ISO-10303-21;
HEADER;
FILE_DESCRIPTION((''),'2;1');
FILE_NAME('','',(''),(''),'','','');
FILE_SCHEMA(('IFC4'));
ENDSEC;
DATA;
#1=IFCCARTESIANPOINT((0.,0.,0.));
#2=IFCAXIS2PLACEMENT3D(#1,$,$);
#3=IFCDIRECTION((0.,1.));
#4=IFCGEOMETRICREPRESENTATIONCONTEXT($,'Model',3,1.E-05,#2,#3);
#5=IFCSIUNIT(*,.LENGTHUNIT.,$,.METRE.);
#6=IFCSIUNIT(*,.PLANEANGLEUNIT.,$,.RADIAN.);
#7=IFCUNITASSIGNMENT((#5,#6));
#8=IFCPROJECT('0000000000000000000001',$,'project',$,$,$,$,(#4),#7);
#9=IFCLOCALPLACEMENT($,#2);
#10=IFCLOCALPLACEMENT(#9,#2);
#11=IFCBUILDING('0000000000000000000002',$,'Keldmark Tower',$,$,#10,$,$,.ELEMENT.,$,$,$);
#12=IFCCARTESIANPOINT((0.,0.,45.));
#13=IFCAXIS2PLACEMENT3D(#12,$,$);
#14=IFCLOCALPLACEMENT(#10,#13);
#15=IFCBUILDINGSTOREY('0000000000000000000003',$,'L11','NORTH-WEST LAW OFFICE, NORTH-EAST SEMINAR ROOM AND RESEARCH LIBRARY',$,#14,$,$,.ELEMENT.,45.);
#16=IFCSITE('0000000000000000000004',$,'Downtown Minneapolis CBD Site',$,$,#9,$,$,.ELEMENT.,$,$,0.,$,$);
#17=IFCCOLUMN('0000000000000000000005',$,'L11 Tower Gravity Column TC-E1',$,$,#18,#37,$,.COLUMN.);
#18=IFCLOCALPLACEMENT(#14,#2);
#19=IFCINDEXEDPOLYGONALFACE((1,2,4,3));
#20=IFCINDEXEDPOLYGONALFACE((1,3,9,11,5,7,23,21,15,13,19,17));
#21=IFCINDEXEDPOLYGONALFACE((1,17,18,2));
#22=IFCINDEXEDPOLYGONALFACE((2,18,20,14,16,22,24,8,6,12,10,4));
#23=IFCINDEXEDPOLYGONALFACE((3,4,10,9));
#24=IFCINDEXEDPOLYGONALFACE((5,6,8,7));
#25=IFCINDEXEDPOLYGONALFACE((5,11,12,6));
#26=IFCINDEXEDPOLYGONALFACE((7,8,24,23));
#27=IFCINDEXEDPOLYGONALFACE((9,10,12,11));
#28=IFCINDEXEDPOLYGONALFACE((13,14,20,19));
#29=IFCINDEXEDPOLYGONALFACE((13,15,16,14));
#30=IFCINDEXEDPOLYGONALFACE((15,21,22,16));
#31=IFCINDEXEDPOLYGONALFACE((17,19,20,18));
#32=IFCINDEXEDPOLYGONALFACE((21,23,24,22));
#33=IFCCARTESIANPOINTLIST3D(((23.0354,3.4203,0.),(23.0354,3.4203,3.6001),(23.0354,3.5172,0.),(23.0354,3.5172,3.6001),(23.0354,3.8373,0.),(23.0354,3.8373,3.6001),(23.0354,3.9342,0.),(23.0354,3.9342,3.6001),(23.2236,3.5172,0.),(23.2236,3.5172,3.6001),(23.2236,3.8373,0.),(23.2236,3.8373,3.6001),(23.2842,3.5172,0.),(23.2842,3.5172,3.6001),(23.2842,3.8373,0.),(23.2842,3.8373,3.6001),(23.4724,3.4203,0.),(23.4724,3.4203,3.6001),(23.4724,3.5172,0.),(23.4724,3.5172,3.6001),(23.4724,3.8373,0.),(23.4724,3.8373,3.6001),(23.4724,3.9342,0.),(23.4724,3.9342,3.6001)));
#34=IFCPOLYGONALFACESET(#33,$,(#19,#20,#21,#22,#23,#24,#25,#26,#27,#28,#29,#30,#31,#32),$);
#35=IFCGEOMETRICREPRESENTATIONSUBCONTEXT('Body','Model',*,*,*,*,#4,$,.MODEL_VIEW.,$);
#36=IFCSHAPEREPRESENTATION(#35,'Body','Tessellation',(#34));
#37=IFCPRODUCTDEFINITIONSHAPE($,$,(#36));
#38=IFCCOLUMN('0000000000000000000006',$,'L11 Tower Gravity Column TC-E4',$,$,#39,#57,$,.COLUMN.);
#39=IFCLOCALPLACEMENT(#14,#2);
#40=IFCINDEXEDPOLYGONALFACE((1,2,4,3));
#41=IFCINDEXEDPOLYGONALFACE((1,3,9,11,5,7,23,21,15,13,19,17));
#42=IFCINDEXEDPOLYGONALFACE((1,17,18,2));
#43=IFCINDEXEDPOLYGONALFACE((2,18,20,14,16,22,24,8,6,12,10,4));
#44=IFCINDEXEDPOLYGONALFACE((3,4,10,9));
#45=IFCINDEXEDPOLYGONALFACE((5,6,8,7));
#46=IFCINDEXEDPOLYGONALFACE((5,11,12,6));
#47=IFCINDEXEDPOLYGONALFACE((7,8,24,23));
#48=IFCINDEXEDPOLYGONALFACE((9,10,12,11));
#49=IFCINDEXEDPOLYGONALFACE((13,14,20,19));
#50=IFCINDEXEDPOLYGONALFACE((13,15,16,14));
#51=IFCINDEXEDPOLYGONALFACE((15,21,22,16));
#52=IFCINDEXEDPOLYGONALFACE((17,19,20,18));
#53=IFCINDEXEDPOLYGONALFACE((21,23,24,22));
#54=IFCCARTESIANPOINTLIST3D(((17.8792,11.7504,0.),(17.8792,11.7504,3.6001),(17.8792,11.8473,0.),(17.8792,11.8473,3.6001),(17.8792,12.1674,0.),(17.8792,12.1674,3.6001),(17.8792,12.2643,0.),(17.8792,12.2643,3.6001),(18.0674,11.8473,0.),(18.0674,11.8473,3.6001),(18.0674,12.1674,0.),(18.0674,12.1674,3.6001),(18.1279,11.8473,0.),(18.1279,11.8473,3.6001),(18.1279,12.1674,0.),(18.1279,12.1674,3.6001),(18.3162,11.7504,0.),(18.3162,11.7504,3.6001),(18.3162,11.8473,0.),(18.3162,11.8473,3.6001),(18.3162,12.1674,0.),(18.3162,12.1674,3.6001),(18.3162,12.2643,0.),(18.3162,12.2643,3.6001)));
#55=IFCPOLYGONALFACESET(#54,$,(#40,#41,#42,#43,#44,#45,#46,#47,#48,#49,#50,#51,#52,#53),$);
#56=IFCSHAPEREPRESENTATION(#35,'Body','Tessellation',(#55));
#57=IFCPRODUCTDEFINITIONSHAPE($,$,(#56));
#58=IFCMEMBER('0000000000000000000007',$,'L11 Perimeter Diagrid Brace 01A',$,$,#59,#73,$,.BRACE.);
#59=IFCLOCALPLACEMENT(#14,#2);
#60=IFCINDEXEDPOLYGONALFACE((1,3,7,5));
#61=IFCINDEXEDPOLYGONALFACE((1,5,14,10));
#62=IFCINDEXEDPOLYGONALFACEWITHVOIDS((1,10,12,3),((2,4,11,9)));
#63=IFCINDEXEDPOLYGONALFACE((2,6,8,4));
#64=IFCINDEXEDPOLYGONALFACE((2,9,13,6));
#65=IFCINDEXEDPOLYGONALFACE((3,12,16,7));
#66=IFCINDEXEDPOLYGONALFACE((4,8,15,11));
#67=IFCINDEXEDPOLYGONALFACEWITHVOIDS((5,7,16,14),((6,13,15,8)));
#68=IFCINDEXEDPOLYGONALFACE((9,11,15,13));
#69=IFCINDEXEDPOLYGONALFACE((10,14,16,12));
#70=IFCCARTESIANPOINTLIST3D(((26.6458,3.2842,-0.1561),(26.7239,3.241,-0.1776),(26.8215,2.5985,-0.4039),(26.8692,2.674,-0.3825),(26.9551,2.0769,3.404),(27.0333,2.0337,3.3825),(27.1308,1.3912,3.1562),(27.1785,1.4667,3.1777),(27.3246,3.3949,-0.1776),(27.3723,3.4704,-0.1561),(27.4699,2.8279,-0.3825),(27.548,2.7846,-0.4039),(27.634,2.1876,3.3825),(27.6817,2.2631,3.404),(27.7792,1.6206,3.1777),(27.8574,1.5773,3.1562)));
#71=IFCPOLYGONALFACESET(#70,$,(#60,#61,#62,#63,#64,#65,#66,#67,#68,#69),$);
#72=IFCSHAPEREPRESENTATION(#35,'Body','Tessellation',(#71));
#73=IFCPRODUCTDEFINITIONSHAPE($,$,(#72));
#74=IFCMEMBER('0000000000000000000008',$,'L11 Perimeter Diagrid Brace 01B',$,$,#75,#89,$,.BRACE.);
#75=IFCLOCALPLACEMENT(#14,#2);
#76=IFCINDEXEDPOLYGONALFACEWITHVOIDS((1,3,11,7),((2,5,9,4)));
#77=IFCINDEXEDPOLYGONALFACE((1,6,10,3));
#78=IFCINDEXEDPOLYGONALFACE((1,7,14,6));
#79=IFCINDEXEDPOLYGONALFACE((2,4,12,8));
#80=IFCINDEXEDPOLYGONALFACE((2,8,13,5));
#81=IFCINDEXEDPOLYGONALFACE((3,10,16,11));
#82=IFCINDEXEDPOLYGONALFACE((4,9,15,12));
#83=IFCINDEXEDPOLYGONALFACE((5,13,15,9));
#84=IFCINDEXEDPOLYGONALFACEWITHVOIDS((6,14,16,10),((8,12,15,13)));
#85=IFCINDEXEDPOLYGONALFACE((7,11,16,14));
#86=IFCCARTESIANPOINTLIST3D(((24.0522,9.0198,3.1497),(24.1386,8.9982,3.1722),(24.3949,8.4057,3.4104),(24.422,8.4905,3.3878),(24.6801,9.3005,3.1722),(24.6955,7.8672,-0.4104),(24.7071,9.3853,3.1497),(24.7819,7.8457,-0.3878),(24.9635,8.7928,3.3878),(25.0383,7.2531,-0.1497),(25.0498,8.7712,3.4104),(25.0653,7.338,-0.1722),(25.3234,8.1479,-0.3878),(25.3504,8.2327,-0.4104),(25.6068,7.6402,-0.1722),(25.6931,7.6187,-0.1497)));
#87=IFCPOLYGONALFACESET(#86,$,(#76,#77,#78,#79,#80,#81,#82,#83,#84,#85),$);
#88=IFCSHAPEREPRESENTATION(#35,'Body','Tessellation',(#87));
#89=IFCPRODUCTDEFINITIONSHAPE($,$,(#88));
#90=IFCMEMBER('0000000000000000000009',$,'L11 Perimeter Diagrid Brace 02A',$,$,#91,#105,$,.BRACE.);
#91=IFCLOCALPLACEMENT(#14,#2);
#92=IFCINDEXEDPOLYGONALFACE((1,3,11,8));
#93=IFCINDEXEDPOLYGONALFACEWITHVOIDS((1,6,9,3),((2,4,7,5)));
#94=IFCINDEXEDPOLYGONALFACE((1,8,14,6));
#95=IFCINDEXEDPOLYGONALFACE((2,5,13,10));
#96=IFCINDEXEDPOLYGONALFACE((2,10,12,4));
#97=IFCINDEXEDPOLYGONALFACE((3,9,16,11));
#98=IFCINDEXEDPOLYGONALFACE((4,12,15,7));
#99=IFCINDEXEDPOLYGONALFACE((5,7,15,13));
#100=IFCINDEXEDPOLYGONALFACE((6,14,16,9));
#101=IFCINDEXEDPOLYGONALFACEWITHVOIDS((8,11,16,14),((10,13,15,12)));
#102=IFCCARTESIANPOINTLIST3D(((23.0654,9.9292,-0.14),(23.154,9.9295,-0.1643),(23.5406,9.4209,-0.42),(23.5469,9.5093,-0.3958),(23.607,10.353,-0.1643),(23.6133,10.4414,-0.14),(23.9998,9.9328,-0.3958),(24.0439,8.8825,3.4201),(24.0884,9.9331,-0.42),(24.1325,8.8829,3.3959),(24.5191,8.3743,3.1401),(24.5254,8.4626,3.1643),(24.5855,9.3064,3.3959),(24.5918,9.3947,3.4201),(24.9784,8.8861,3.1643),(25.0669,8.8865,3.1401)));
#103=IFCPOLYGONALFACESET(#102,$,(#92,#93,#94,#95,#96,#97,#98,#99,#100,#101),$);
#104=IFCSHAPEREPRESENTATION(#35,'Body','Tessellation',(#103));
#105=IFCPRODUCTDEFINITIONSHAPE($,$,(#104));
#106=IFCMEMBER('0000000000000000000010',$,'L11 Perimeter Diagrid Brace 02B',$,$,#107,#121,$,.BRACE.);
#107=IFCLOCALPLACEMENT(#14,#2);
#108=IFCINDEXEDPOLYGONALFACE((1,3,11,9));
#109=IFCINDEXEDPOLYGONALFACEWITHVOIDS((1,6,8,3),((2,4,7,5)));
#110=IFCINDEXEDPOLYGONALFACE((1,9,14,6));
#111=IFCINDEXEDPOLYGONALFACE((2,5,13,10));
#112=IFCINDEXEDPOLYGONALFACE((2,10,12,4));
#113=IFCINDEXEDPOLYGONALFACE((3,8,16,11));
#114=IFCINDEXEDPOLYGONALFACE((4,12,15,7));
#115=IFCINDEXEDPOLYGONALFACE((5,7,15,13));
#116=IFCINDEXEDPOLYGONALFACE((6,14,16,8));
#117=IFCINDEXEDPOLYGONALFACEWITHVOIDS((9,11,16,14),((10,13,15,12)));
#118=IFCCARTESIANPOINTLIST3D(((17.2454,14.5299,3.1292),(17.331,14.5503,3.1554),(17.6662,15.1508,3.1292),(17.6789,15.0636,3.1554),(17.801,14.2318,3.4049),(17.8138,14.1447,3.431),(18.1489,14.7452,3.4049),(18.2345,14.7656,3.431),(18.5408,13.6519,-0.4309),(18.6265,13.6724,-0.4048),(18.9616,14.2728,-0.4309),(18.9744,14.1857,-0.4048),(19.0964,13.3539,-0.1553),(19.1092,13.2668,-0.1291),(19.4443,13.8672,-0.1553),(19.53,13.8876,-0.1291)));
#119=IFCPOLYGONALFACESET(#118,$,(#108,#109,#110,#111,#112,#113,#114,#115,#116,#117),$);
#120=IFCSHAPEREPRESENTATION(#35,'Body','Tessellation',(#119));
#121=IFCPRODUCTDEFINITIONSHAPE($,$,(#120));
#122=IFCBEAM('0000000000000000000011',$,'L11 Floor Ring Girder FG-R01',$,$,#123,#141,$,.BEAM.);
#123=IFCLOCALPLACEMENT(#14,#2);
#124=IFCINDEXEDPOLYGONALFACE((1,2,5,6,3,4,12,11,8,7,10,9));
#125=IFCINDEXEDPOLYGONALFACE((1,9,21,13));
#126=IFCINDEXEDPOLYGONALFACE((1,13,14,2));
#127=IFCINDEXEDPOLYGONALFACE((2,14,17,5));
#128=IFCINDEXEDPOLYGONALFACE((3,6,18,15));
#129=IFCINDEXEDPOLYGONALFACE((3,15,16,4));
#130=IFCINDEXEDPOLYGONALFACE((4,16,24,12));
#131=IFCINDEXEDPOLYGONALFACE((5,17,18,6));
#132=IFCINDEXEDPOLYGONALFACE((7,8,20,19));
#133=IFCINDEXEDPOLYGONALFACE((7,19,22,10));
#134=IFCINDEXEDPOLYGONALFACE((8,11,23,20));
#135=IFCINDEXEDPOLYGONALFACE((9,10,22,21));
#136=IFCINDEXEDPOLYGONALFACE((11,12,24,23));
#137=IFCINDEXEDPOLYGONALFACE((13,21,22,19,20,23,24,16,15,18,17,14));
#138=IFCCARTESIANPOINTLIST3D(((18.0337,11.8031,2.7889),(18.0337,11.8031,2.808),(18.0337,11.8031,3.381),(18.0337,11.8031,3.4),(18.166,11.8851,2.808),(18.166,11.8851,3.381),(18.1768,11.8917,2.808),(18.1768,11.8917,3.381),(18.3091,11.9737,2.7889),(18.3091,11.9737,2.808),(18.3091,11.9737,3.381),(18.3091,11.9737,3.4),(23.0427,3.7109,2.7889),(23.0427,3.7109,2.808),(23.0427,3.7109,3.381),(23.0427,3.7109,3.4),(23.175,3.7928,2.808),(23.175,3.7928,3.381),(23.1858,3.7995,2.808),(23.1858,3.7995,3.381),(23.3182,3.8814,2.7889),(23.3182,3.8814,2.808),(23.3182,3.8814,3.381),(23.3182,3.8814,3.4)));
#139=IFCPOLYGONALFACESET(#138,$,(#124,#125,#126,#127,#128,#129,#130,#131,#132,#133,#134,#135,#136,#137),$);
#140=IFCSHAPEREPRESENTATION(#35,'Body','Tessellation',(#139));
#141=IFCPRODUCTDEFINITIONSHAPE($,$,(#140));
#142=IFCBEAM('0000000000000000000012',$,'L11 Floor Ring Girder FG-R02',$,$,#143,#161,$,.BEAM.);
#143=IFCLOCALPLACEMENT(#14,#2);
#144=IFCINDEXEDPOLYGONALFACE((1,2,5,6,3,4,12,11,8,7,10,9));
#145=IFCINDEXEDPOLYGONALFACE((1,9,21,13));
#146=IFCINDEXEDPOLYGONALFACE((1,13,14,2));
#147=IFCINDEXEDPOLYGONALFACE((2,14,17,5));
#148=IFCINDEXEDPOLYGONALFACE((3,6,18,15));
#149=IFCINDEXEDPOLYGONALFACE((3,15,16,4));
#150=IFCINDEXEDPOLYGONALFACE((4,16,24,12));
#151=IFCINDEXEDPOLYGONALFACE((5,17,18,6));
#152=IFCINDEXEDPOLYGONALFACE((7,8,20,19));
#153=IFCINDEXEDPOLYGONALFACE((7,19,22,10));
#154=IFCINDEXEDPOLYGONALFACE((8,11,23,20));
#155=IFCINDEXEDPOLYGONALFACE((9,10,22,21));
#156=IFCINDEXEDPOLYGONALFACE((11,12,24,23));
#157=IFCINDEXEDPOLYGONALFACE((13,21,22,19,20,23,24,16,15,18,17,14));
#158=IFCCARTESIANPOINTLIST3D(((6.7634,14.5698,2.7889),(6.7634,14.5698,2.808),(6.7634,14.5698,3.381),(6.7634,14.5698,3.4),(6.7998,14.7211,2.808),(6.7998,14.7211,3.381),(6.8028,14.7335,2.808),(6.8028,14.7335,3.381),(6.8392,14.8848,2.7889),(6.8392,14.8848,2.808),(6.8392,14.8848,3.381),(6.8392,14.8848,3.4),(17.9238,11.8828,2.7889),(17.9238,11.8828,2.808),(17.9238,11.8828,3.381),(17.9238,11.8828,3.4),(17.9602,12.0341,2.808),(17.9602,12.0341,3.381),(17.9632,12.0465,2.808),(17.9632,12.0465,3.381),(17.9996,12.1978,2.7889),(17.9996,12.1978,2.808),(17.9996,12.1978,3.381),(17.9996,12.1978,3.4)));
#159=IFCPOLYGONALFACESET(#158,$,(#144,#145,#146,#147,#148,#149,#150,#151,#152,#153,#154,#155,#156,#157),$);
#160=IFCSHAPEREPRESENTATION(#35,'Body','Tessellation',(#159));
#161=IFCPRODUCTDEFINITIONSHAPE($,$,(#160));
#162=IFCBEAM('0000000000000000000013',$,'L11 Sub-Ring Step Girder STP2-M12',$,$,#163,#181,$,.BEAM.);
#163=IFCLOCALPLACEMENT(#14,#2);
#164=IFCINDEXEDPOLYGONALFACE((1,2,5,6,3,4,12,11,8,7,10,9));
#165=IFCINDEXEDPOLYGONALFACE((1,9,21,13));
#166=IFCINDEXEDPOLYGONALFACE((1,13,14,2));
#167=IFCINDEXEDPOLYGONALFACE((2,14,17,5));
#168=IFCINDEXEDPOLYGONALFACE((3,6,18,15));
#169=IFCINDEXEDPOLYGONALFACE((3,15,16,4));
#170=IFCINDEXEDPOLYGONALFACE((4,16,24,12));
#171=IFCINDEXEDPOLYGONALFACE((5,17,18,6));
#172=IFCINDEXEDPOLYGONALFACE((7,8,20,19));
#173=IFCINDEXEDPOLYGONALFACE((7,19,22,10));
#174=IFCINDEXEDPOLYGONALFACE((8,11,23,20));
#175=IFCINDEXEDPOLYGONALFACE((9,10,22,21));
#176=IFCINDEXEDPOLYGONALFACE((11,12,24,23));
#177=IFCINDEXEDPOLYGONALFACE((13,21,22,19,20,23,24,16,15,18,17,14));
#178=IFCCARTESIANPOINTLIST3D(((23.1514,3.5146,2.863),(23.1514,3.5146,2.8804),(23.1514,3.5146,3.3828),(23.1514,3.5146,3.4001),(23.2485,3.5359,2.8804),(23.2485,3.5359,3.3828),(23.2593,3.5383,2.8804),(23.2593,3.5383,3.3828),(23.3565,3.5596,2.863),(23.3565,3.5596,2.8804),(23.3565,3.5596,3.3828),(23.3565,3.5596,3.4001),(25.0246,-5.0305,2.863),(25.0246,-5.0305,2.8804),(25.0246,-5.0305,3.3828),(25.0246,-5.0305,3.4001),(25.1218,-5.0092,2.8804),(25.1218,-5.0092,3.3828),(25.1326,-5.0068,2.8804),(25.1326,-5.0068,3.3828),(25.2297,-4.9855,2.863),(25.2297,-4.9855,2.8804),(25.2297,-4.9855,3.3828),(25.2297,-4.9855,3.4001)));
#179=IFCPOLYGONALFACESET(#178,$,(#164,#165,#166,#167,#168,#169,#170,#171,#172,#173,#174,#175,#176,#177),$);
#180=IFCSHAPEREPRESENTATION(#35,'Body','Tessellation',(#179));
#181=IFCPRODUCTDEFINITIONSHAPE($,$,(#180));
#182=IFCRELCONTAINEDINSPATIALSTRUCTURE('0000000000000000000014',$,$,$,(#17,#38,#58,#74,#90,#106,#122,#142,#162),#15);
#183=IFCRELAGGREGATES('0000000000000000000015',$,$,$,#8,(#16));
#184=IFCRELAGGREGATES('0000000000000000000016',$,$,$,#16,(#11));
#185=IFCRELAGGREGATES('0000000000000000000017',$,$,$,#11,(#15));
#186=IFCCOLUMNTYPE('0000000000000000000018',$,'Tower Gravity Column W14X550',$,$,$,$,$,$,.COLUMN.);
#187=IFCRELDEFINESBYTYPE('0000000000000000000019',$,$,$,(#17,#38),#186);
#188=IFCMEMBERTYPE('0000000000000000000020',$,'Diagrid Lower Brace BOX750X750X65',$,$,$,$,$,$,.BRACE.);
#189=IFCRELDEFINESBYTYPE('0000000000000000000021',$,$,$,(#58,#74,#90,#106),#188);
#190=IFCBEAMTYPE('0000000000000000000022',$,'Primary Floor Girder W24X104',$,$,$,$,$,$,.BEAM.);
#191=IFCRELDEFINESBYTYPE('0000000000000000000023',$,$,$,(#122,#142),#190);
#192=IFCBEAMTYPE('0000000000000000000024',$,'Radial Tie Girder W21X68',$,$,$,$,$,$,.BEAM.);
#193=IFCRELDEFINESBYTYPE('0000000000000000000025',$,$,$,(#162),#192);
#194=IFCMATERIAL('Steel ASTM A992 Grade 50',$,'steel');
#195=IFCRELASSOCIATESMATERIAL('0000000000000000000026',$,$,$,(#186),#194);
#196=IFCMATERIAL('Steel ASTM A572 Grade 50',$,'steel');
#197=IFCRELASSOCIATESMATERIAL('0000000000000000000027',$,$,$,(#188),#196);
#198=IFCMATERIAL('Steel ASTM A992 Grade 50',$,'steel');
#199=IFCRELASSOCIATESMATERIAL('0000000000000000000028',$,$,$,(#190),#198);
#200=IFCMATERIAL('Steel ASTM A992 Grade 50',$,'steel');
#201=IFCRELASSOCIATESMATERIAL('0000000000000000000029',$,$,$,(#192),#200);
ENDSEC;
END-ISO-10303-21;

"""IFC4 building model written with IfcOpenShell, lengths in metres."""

from ifc_helpers import new_model, si_unit, direction, frame, origin, origin_2d, place, context, subcontext, project, spatial, hollow_rectangle, i_section, extrude, material, material_profile, profile_set, type_object, element, save


model = new_model("IFC4")

# Units and contexts
model_context = context("Model", 3, precision=1e-05, world=origin(), true_north=direction((0.0, 1.0)))
body_context = subcontext(model_context, "Body", "Model", "MODEL_VIEW")
ifc_project = project(units=[si_unit("LENGTHUNIT", "METRE"), si_unit("PLANEANGLEUNIT", "RADIAN")], contexts=[model_context])

# Site, building, storey
site_placement = place(None, origin())
site = spatial("IfcSite", under=ifc_project, at=site_placement, Name="Downtown Minneapolis CBD Site", CompositionType="ELEMENT", RefElevation=0.0)
building_placement = place(site_placement, origin())
building = spatial("IfcBuilding", under=site, at=building_placement, Name="Keldmark Tower", CompositionType="ELEMENT")
storey_placement = place(building_placement, frame((0.0, 0.0, 45.0)))
storey = spatial("IfcBuildingStorey", under=building, at=storey_placement, Name="L11", Description="NORTH-WEST LAW OFFICE, NORTH-EAST SEMINAR ROOM AND RESEARCH LIBRARY", CompositionType="ELEMENT", Elevation=45.0)

# Columns
ifc_material_1 = material(Name="Steel ASTM A992 Grade 50", Category="steel")
ifc_material_profile_1 = material_profile(ifc_material_1, i_section(OverallWidth=0.437, OverallDepth=0.5139, WebThickness=0.0605, FlangeThickness=0.0969, at=origin_2d()), Name="W14X550")
ifc_profile_set_1 = profile_set([ifc_material_profile_1], Name="Steel ASTM A992 Grade 50")
column_type = type_object("IfcColumnType", Name="Tower Gravity Column W14X550", PredefinedType="COLUMN", material=ifc_profile_set_1)
for number, where, z_axis, x_axis, name in (
    (1, (23.2539, 3.6772, 0.0), (0.0, 0.0, 1.0), (1.0, 0.0, 0.0), "L11 Tower Gravity Column TC-E1"),
    (2, (18.0977, 12.0073, 0.0), (0.0, 0.0, 1.0), (1.0, 0.0, 0.0), "L11 Tower Gravity Column TC-E4"),
):
    element("IfcColumn", number, at=place(storey_placement, frame(where, z_axis=z_axis, x_axis=x_axis)), inside=storey, type_object=column_type, Name=name, PredefinedType="COLUMN", context=body_context, shape_type="SweptSolid", body=[
        extrude(i_section(OverallWidth=0.437, OverallDepth=0.5139, WebThickness=0.0605, FlangeThickness=0.0969, at=origin_2d()), origin(), (0.0, 0.0, 1.0), 3.6001),
    ])

# Members
ifc_material_2 = material(Name="Steel ASTM A572 Grade 50", Category="steel")
ifc_material_profile_2 = material_profile(ifc_material_2, hollow_rectangle(XDim=0.75, YDim=0.75, WallThickness=0.0649, at=origin_2d()), Name="BOX750X750X65")
ifc_profile_set_2 = profile_set([ifc_material_profile_2], Name="Steel ASTM A572 Grade 50")
member_type = type_object("IfcMemberType", Name="Diagrid Lower Brace BOX750X750X65", PredefinedType="BRACE", material=ifc_profile_set_2)
member_1_placement = place(storey_placement, frame((27.0969, 3.0344, -0.28), z_axis=(0.082008, -0.320071, 0.943837), x_axis=(0.968709, 0.248201, 0.0)))
element("IfcMember", 3, at=member_1_placement, inside=storey, type_object=member_type, Name="L11 Perimeter Diagrid Brace 01A", PredefinedType="BRACE", context=body_context, shape_type="SweptSolid", body=[
    extrude(hollow_rectangle(XDim=0.75, YDim=0.75, WallThickness=0.0649, at=origin_2d()), origin(), (0.0, 0.0, 1.0), 3.772),
])
member_2_placement = place(storey_placement, frame((25.1943, 7.7429, -0.28), z_axis=(-0.169431, 0.303562, 0.937626), x_axis=(-0.873196, -0.487369, 0.0)))
element("IfcMember", 4, at=member_2_placement, inside=storey, type_object=member_type, Name="L11 Perimeter Diagrid Brace 01B", PredefinedType="BRACE", context=body_context, shape_type="SweptSolid", body=[
    extrude(hollow_rectangle(XDim=0.75, YDim=0.75, WallThickness=0.0649, at=origin_2d()), origin(), (0.0, 0.0, 1.0), 3.7969),
])
member_3_placement = place(storey_placement, frame((23.5769, 9.9312, -0.28), z_axis=(0.254983, -0.272733, 0.927686), x_axis=(0.730477, 0.682937, 0.0)))
element("IfcMember", 5, at=member_3_placement, inside=storey, type_object=member_type, Name="L11 Perimeter Diagrid Brace 02A", PredefinedType="BRACE", context=body_context, shape_type="SweptSolid", body=[
    extrude(hollow_rectangle(XDim=0.75, YDim=0.75, WallThickness=0.0649, at=origin_2d()), origin(), (0.0, 0.0, 1.0), 3.8376),
])
member_4_placement = place(storey_placement, frame((19.0354, 13.7698, -0.28), z_axis=(-0.333112, 0.225758, 0.915462), x_axis=(-0.561021, -0.827802, 0.0)))
element("IfcMember", 6, at=member_4_placement, inside=storey, type_object=member_type, Name="L11 Perimeter Diagrid Brace 02B", PredefinedType="BRACE", context=body_context, shape_type="SweptSolid", body=[
    extrude(hollow_rectangle(XDim=0.75, YDim=0.75, WallThickness=0.0649, at=origin_2d()), origin(), (0.0, 0.0, 1.0), 3.8889),
])

# Beams
ifc_material_3 = material(Name="Steel ASTM A992 Grade 50", Category="steel")
ifc_material_profile_3 = material_profile(ifc_material_3, i_section(OverallWidth=0.324, OverallDepth=0.6111, WebThickness=0.0127, FlangeThickness=0.019, at=origin_2d()), Name="W24X104")
ifc_profile_set_3 = profile_set([ifc_material_profile_3], Name="Steel ASTM A992 Grade 50")
beam_type_1 = type_object("IfcBeamType", Name="Primary Floor Girder W24X104", PredefinedType="BEAM", material=ifc_profile_set_3)
beam_1_placement = place(storey_placement, frame((23.1804, 3.7961, 3.0945), z_axis=(-0.526318, 0.850288, 0.0), x_axis=(-0.850288, -0.526318, 0.0)))
element("IfcBeam", 7, at=beam_1_placement, inside=storey, type_object=beam_type_1, Name="L11 Floor Ring Girder FG-R01", PredefinedType="BEAM", context=body_context, shape_type="SweptSolid", body=[
    extrude(i_section(OverallWidth=0.324, OverallDepth=0.6111, WebThickness=0.0127, FlangeThickness=0.019, at=origin_2d()), origin(), (0.0, 0.0, 1.0), 9.5171),
])
beam_2_placement = place(storey_placement, frame((17.9617, 12.0403, 3.0945), z_axis=(-0.972219, 0.234074, 0.0), x_axis=(-0.234074, -0.972219, 0.0)))
element("IfcBeam", 8, at=beam_2_placement, inside=storey, type_object=beam_type_1, Name="L11 Floor Ring Girder FG-R02", PredefinedType="BEAM", context=body_context, shape_type="SweptSolid", body=[
    extrude(i_section(OverallWidth=0.324, OverallDepth=0.6111, WebThickness=0.0127, FlangeThickness=0.019, at=origin_2d()), origin(), (0.0, 0.0, 1.0), 11.4792),
])
ifc_material_4 = material(Name="Steel ASTM A992 Grade 50", Category="steel")
ifc_material_profile_4 = material_profile(ifc_material_4, i_section(OverallWidth=0.21, OverallDepth=0.5371, WebThickness=0.011, FlangeThickness=0.0173, at=origin_2d()), Name="W21X68")
ifc_profile_set_4 = profile_set([ifc_material_profile_4], Name="Steel ASTM A992 Grade 50")
beam_type_2 = type_object("IfcBeamType", Name="Radial Tie Girder W21X68", PredefinedType="BEAM", material=ifc_profile_set_4)
beam_3_placement = place(storey_placement, frame((23.2539, 3.5371, 3.1316), z_axis=(0.214137, -0.976804, 0.0), x_axis=(0.976804, 0.214137, 0.0)))
element("IfcBeam", 9, at=beam_3_placement, inside=storey, type_object=beam_type_2, Name="L11 Sub-Ring Step Girder STP2-M12", PredefinedType="BEAM", context=body_context, shape_type="SweptSolid", body=[
    extrude(i_section(OverallWidth=0.21, OverallDepth=0.5371, WebThickness=0.011, FlangeThickness=0.0173, at=origin_2d()), origin(), (0.0, 0.0, 1.0), 8.748),
])

save(model, "model.ifc")
